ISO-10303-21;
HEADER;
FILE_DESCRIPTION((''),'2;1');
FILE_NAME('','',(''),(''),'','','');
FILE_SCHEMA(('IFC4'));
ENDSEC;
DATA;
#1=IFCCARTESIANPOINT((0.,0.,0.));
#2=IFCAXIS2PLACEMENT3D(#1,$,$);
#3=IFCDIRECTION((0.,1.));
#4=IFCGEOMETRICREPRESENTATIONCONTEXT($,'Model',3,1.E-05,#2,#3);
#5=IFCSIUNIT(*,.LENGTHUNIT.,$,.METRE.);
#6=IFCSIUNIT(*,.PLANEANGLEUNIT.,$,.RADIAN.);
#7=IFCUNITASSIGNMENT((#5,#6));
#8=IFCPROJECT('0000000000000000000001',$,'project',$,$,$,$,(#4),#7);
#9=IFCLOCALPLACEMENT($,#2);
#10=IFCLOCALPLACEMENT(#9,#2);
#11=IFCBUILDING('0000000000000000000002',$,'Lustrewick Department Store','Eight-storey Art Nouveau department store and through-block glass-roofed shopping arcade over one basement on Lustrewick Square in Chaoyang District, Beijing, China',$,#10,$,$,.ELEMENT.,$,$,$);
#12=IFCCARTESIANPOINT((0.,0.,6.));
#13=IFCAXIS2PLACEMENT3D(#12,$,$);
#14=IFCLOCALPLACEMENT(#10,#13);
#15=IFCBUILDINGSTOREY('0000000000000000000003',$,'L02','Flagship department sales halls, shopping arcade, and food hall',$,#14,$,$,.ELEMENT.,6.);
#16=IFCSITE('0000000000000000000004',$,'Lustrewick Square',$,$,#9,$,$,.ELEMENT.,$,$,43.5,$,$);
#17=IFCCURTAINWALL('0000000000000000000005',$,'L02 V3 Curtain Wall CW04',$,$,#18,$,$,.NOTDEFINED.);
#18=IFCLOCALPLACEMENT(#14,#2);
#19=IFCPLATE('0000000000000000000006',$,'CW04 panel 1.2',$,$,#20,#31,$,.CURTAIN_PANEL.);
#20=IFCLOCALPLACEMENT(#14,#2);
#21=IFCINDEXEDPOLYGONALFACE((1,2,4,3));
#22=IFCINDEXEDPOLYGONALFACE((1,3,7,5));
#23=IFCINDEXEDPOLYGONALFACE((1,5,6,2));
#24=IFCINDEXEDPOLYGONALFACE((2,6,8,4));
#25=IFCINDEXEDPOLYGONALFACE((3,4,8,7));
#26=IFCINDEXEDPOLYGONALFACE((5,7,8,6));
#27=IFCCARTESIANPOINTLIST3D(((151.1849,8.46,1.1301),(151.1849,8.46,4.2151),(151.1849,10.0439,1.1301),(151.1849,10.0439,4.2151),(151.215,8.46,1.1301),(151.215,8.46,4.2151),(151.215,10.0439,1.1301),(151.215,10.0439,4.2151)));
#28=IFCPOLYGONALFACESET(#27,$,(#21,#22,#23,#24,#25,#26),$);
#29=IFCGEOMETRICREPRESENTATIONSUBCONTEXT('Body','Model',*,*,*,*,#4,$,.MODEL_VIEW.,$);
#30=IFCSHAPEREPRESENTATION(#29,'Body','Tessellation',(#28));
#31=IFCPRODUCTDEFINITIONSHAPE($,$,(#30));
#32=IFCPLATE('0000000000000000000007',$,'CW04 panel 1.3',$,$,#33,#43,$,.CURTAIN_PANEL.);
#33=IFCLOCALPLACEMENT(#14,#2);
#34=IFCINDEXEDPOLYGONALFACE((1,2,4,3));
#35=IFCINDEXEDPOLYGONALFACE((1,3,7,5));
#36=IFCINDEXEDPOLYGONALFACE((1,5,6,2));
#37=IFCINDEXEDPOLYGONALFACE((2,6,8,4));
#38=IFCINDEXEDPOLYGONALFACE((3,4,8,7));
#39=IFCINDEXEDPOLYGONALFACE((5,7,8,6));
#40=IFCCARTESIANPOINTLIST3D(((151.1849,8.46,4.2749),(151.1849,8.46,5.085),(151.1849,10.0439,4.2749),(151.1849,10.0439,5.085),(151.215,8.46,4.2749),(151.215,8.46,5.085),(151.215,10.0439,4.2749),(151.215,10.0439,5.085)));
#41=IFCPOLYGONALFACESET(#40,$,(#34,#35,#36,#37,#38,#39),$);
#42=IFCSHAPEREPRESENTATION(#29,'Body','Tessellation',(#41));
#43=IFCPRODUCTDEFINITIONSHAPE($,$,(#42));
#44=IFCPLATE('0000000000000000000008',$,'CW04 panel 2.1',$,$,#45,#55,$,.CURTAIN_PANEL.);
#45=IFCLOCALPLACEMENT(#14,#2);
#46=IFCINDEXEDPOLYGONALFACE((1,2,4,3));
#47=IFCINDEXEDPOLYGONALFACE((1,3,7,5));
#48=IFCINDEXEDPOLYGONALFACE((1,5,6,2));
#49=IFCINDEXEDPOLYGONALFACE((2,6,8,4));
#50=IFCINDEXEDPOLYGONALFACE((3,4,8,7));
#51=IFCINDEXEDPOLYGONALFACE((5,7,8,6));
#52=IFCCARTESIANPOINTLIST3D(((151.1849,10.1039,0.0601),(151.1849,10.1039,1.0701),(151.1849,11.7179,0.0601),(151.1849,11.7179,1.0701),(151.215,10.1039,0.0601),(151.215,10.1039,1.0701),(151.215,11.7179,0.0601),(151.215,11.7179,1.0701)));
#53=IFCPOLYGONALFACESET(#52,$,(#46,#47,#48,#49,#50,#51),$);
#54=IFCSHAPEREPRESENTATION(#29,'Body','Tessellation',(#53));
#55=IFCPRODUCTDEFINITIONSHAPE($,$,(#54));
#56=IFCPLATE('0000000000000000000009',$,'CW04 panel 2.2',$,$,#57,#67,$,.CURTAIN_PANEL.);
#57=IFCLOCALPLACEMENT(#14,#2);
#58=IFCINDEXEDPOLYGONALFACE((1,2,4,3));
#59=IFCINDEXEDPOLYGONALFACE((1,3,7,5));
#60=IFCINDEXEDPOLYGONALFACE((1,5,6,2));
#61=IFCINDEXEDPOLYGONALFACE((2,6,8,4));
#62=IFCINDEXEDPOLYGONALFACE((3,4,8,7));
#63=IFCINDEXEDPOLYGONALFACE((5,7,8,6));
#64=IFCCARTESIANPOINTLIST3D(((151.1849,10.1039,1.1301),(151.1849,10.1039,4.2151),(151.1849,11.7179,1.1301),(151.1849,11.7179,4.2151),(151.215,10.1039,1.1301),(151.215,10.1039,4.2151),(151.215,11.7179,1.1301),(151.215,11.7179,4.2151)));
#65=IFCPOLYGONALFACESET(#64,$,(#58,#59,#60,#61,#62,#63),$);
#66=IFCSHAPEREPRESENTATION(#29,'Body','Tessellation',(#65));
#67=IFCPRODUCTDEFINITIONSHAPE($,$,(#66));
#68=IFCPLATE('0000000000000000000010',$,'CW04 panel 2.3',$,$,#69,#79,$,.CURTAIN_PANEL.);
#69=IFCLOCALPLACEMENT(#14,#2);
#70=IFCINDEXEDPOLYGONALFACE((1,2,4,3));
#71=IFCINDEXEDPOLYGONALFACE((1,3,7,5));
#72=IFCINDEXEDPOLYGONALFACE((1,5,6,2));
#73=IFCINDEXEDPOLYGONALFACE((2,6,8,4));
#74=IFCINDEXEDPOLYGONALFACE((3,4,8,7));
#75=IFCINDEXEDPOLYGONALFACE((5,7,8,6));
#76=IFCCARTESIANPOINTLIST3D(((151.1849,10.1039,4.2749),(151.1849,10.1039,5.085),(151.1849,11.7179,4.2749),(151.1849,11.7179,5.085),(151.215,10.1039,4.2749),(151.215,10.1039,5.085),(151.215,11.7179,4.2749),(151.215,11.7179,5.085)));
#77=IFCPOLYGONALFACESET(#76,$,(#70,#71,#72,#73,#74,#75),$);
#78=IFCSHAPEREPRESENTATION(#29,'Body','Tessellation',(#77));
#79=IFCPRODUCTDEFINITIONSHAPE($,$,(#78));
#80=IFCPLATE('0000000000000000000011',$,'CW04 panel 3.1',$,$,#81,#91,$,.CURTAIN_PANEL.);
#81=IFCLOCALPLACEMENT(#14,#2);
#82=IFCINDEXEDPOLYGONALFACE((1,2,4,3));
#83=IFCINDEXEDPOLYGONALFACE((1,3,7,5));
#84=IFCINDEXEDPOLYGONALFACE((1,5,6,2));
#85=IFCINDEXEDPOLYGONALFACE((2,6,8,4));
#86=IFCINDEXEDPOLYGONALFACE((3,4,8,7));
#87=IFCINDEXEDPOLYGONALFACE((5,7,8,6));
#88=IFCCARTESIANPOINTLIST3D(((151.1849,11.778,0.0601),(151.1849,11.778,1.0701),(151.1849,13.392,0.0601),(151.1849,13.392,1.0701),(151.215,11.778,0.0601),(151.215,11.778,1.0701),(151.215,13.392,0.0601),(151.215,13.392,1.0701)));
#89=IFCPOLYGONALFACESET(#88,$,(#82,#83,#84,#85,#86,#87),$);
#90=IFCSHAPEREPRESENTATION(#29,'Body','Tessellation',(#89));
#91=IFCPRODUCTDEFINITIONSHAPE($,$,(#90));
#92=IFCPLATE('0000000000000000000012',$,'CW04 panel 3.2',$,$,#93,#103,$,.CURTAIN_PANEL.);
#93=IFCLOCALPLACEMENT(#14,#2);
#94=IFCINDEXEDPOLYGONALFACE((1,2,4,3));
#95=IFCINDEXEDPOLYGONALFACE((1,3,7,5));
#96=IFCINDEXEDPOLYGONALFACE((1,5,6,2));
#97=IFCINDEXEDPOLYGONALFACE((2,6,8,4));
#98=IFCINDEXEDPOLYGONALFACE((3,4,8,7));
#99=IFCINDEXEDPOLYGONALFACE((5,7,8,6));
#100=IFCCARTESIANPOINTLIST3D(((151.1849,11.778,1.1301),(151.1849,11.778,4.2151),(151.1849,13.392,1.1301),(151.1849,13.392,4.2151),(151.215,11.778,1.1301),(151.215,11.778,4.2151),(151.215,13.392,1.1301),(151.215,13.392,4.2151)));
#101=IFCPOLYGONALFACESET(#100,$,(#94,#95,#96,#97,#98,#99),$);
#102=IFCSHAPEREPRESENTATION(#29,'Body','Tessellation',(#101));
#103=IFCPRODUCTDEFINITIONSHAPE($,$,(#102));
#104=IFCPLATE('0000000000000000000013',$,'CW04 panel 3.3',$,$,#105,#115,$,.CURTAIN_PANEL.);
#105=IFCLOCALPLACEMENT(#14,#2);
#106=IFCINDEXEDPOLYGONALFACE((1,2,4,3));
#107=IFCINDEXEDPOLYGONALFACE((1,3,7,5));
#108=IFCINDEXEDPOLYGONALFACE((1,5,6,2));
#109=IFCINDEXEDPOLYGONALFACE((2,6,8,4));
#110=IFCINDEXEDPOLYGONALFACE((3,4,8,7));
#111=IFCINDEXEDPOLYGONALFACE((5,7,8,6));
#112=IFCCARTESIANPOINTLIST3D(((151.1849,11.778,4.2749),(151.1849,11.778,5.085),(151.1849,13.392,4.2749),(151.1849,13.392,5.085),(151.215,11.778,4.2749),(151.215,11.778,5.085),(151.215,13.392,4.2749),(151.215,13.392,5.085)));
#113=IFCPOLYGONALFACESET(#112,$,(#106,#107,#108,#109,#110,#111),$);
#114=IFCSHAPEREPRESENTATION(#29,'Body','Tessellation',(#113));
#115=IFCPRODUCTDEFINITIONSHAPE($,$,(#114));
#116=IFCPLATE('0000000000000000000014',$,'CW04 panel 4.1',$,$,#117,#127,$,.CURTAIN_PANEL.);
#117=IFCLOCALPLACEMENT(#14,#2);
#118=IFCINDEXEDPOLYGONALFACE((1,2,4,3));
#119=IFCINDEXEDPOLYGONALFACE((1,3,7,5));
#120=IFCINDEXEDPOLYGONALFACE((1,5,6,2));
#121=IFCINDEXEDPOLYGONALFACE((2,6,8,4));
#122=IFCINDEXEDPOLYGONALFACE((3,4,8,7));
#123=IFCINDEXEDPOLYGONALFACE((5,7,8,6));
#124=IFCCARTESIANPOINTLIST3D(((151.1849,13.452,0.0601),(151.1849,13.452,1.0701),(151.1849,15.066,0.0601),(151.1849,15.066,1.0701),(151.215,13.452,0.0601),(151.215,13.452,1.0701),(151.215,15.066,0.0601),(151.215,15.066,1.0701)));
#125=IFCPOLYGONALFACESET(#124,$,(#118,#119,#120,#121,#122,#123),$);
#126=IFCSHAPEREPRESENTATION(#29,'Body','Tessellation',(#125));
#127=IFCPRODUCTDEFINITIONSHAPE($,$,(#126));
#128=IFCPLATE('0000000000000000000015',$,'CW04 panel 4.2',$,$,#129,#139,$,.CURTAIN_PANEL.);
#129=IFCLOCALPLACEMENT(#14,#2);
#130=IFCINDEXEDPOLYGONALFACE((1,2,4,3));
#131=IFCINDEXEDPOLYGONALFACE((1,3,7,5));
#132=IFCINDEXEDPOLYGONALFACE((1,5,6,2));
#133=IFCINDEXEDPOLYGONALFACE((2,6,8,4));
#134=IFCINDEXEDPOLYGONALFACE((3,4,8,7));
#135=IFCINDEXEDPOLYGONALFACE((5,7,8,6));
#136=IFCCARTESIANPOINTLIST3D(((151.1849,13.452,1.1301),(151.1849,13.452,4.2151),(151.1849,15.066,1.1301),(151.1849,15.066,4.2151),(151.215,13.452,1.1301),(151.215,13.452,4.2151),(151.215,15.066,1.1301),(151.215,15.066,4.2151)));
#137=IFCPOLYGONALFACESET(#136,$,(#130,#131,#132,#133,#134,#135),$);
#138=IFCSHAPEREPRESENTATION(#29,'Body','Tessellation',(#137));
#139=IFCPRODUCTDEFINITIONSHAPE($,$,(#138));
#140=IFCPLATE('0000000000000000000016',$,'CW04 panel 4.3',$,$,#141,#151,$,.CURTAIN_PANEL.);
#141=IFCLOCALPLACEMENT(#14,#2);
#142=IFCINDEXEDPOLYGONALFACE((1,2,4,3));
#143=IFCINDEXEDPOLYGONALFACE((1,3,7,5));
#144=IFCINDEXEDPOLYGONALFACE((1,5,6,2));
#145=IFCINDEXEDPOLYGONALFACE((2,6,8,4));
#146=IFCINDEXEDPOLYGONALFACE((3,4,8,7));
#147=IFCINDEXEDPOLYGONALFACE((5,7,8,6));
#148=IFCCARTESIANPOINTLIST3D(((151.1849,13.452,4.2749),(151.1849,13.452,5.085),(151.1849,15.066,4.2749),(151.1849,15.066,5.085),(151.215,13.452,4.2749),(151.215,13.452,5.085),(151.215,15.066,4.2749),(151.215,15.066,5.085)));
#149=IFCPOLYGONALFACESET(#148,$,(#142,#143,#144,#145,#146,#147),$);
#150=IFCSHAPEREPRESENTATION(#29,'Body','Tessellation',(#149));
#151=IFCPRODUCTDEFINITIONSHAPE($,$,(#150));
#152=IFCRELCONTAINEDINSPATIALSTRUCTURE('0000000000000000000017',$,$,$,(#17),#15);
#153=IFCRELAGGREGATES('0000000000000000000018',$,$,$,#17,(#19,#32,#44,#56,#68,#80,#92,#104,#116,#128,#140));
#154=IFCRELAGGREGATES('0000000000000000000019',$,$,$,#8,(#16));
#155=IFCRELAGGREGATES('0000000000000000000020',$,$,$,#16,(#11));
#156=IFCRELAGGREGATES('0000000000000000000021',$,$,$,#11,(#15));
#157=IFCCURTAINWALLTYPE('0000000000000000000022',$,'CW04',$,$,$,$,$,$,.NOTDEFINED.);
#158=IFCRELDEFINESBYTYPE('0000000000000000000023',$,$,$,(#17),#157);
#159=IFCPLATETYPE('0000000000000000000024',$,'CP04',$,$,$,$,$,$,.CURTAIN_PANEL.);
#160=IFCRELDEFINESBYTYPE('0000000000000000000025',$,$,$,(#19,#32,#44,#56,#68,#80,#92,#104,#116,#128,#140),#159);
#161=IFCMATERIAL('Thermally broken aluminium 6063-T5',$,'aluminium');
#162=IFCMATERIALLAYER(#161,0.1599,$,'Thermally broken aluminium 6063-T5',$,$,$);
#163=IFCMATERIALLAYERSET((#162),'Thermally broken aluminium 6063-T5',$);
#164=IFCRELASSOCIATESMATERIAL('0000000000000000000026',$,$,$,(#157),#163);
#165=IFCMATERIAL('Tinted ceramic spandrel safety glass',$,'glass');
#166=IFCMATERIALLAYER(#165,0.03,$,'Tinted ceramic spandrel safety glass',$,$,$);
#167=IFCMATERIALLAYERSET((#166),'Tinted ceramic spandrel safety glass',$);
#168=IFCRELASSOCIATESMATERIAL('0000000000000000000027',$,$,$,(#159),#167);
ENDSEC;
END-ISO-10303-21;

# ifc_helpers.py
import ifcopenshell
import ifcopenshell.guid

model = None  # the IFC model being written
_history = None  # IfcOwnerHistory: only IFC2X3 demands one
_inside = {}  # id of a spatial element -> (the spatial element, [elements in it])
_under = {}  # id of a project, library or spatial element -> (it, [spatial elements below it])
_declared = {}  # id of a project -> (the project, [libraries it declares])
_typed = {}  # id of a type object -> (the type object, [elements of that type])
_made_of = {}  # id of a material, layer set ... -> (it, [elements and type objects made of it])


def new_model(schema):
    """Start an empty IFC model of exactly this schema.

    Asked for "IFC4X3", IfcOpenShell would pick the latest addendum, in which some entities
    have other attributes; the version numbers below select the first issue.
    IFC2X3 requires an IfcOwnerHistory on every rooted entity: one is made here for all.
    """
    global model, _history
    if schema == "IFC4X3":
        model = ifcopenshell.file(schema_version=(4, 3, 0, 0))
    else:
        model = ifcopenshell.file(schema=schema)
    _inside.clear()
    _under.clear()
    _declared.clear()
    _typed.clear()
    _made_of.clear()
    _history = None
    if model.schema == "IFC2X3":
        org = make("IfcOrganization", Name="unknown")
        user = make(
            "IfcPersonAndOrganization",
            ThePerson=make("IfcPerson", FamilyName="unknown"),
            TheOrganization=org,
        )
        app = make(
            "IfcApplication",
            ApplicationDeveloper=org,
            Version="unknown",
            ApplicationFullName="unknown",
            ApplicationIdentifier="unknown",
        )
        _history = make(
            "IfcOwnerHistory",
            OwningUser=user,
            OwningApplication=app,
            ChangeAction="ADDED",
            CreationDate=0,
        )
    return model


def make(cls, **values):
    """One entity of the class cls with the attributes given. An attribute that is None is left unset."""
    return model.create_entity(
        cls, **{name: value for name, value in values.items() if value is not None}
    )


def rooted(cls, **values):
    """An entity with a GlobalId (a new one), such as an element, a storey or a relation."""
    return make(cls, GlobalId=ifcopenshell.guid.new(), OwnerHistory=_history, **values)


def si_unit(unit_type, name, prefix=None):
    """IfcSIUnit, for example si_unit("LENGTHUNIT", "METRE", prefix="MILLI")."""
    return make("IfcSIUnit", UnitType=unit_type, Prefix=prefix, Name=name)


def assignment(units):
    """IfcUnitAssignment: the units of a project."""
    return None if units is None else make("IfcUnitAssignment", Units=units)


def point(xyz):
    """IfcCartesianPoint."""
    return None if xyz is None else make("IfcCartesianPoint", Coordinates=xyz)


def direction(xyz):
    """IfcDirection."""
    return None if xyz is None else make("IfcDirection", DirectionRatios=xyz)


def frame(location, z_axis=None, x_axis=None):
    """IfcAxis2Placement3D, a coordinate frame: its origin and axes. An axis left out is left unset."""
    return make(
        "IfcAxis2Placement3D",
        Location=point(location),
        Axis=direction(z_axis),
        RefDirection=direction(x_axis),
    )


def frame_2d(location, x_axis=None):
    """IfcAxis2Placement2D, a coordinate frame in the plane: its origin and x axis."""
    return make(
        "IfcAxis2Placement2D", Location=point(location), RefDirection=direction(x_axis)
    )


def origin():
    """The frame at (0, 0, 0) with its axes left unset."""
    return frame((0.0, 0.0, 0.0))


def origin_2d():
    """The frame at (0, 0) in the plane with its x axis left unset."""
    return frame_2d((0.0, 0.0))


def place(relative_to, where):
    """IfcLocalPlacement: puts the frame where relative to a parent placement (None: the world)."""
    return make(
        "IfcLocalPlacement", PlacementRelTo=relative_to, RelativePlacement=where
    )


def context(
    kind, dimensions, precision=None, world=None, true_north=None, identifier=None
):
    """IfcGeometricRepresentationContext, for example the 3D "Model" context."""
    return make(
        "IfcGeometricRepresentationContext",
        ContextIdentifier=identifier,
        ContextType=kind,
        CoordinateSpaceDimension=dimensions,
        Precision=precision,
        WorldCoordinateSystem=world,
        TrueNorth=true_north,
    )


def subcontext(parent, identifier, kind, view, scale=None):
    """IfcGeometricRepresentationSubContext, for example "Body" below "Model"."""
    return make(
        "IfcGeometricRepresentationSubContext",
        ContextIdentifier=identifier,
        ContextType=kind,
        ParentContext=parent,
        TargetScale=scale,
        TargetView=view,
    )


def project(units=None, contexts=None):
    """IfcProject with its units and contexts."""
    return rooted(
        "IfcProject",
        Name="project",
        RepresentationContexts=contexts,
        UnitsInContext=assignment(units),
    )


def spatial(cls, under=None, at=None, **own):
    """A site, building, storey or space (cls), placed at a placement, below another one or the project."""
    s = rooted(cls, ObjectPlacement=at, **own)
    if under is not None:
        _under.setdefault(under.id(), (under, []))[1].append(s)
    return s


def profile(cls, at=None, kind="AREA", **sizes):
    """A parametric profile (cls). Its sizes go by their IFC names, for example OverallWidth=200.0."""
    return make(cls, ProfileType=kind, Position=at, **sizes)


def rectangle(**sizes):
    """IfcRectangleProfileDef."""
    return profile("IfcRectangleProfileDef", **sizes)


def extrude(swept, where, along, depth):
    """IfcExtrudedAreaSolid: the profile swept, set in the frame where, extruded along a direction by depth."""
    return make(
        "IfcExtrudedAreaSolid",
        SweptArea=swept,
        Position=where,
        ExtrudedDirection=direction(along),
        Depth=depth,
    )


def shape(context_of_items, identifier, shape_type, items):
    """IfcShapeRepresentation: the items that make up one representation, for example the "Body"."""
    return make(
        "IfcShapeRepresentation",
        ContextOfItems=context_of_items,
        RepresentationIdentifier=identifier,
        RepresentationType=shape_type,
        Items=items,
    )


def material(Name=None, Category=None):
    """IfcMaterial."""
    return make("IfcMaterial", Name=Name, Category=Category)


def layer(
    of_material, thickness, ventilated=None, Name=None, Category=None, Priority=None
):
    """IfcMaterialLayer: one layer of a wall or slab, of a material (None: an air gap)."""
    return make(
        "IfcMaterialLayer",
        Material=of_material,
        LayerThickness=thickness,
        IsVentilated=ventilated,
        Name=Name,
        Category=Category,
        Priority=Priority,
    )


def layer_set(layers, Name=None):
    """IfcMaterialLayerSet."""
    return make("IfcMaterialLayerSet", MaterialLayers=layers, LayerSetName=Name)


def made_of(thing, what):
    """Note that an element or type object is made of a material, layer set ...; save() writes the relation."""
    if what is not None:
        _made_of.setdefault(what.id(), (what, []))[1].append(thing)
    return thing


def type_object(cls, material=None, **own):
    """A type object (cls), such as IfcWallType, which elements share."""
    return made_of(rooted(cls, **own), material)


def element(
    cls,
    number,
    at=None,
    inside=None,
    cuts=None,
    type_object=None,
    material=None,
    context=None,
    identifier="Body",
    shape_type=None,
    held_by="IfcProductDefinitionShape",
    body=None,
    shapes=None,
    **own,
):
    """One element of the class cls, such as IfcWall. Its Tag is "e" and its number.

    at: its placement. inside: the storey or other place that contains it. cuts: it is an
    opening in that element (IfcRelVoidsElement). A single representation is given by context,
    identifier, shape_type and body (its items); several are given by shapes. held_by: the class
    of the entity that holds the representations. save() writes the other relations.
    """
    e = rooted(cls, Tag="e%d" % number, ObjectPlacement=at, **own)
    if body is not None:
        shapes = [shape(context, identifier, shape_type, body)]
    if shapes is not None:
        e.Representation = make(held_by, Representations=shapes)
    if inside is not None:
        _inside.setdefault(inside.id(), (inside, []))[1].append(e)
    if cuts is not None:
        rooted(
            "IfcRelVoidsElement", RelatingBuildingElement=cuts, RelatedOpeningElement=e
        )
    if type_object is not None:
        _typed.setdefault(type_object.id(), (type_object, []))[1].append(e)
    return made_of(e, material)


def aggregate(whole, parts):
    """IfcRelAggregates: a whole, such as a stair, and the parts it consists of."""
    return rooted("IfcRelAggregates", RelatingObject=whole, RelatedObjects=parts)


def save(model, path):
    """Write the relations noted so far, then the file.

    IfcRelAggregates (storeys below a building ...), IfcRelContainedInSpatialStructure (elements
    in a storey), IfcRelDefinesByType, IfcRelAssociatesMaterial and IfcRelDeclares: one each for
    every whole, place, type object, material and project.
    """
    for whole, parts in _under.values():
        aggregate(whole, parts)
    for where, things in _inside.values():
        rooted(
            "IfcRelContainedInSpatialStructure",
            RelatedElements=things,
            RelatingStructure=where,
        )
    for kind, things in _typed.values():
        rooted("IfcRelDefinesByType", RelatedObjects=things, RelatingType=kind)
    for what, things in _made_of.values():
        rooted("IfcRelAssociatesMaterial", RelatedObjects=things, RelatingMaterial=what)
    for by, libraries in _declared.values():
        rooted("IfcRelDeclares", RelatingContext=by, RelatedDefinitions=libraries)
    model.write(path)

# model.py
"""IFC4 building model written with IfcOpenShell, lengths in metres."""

from ifc_helpers import new_model, si_unit, direction, frame, origin, origin_2d, place, context, subcontext, project, spatial, rectangle, extrude, material, layer, layer_set, type_object, element, aggregate, save


model = new_model("IFC4")

# Units and contexts
model_context = context("Model", 3, precision=1e-05, world=origin(), true_north=direction((0.0, 1.0)))
body_context = subcontext(model_context, "Body", "Model", "MODEL_VIEW")
ifc_project = project(units=[si_unit("LENGTHUNIT", "METRE"), si_unit("PLANEANGLEUNIT", "RADIAN")], contexts=[model_context])

# Site, building, storey
site_placement = place(None, origin())
site = spatial("IfcSite", under=ifc_project, at=site_placement, Name="Lustrewick Square", CompositionType="ELEMENT", RefElevation=43.5)
building_placement = place(site_placement, origin())
building = spatial("IfcBuilding", under=site, at=building_placement, Name="Lustrewick Department Store", Description="Eight-storey Art Nouveau department store and through-block glass-roofed shopping arcade over one basement on Lustrewick Square in Chaoyang District, Beijing, China", CompositionType="ELEMENT")
storey_placement = place(building_placement, frame((0.0, 0.0, 6.0)))
storey = spatial("IfcBuildingStorey", under=building, at=storey_placement, Name="L02", Description="Flagship department sales halls, shopping arcade, and food hall", CompositionType="ELEMENT", Elevation=6.0)

# Curtain wall, plates
ifc_material_1 = material(Name="Thermally broken aluminium 6063-T5", Category="aluminium")
ifc_layer_1 = layer(ifc_material_1, 0.1599, Name="Thermally broken aluminium 6063-T5")
ifc_layer_set_1 = layer_set([ifc_layer_1], Name="Thermally broken aluminium 6063-T5")
curtain_wall_type = type_object("IfcCurtainWallType", Name="CW04", PredefinedType="NOTDEFINED", material=ifc_layer_set_1)
curtain_wall_placement = place(storey_placement, origin())
curtain_wall = element("IfcCurtainWall", 1, at=curtain_wall_placement, inside=storey, type_object=curtain_wall_type, Name="L02 V3 Curtain Wall CW04", PredefinedType="NOTDEFINED")
ifc_material_2 = material(Name="Tinted ceramic spandrel safety glass", Category="glass")
ifc_layer_2 = layer(ifc_material_2, 0.03, Name="Tinted ceramic spandrel safety glass")
ifc_layer_set_2 = layer_set([ifc_layer_2], Name="Tinted ceramic spandrel safety glass")
plate_type = type_object("IfcPlateType", Name="CP04", PredefinedType="CURTAIN_PANEL", material=ifc_layer_set_2)
plate_1_placement = place(storey_placement, frame((151.2, 9.252, 1.1301), z_axis=(0.0, 0.0, 1.0), x_axis=(0.0, 1.0, 0.0)))
plate_1 = element("IfcPlate", 2, at=plate_1_placement, type_object=plate_type, Name="CW04 panel 1.2", PredefinedType="CURTAIN_PANEL", context=body_context, shape_type="SweptSolid", body=[
    extrude(rectangle(XDim=1.584, YDim=0.03, at=origin_2d()), origin(), (0.0, 0.0, 1.0), 3.085),
])
plate_2_placement = place(storey_placement, frame((151.2, 9.252, 4.2749), z_axis=(0.0, 0.0, 1.0), x_axis=(0.0, 1.0, 0.0)))
plate_2 = element("IfcPlate", 3, at=plate_2_placement, type_object=plate_type, Name="CW04 panel 1.3", PredefinedType="CURTAIN_PANEL", context=body_context, shape_type="SweptSolid", body=[
    extrude(rectangle(XDim=1.584, YDim=0.03, at=origin_2d()), origin(), (0.0, 0.0, 1.0), 0.8101),
])
plate_3_placement = place(storey_placement, frame((151.2, 10.9109, 0.0601), z_axis=(0.0, 0.0, 1.0), x_axis=(0.0, 1.0, 0.0)))
plate_3 = element("IfcPlate", 4, at=plate_3_placement, type_object=plate_type, Name="CW04 panel 2.1", PredefinedType="CURTAIN_PANEL", context=body_context, shape_type="SweptSolid", body=[
    extrude(rectangle(XDim=1.614, YDim=0.03, at=origin_2d()), origin(), (0.0, 0.0, 1.0), 1.01),
])
plate_4_placement = place(storey_placement, frame((151.2, 10.9109, 1.1301), z_axis=(0.0, 0.0, 1.0), x_axis=(0.0, 1.0, 0.0)))
plate_4 = element("IfcPlate", 5, at=plate_4_placement, type_object=plate_type, Name="CW04 panel 2.2", PredefinedType="CURTAIN_PANEL", context=body_context, shape_type="SweptSolid", body=[
    extrude(rectangle(XDim=1.614, YDim=0.03, at=origin_2d()), origin(), (0.0, 0.0, 1.0), 3.085),
])
plate_5_placement = place(storey_placement, frame((151.2, 10.9109, 4.2749), z_axis=(0.0, 0.0, 1.0), x_axis=(0.0, 1.0, 0.0)))
plate_5 = element("IfcPlate", 6, at=plate_5_placement, type_object=plate_type, Name="CW04 panel 2.3", PredefinedType="CURTAIN_PANEL", context=body_context, shape_type="SweptSolid", body=[
    extrude(rectangle(XDim=1.614, YDim=0.03, at=origin_2d()), origin(), (0.0, 0.0, 1.0), 0.8101),
])
plate_6_placement = place(storey_placement, frame((151.2, 12.585, 0.0601), z_axis=(0.0, 0.0, 1.0), x_axis=(0.0, 1.0, 0.0)))
plate_6 = element("IfcPlate", 7, at=plate_6_placement, type_object=plate_type, Name="CW04 panel 3.1", PredefinedType="CURTAIN_PANEL", context=body_context, shape_type="SweptSolid", body=[
    extrude(rectangle(XDim=1.614, YDim=0.03, at=origin_2d()), origin(), (0.0, 0.0, 1.0), 1.01),
])
plate_7_placement = place(storey_placement, frame((151.2, 12.585, 1.1301), z_axis=(0.0, 0.0, 1.0), x_axis=(0.0, 1.0, 0.0)))
plate_7 = element("IfcPlate", 8, at=plate_7_placement, type_object=plate_type, Name="CW04 panel 3.2", PredefinedType="CURTAIN_PANEL", context=body_context, shape_type="SweptSolid", body=[
    extrude(rectangle(XDim=1.614, YDim=0.03, at=origin_2d()), origin(), (0.0, 0.0, 1.0), 3.085),
])
plate_8_placement = place(storey_placement, frame((151.2, 12.585, 4.2749), z_axis=(0.0, 0.0, 1.0), x_axis=(0.0, 1.0, 0.0)))
plate_8 = element("IfcPlate", 9, at=plate_8_placement, type_object=plate_type, Name="CW04 panel 3.3", PredefinedType="CURTAIN_PANEL", context=body_context, shape_type="SweptSolid", body=[
    extrude(rectangle(XDim=1.614, YDim=0.03, at=origin_2d()), origin(), (0.0, 0.0, 1.0), 0.8101),
])
plate_9_placement = place(storey_placement, frame((151.2, 14.259, 0.0601), z_axis=(0.0, 0.0, 1.0), x_axis=(0.0, 1.0, 0.0)))
plate_9 = element("IfcPlate", 10, at=plate_9_placement, type_object=plate_type, Name="CW04 panel 4.1", PredefinedType="CURTAIN_PANEL", context=body_context, shape_type="SweptSolid", body=[
    extrude(rectangle(XDim=1.614, YDim=0.03, at=origin_2d()), origin(), (0.0, 0.0, 1.0), 1.01),
])
plate_10_placement = place(storey_placement, frame((151.2, 14.259, 1.1301), z_axis=(0.0, 0.0, 1.0), x_axis=(0.0, 1.0, 0.0)))
plate_10 = element("IfcPlate", 11, at=plate_10_placement, type_object=plate_type, Name="CW04 panel 4.2", PredefinedType="CURTAIN_PANEL", context=body_context, shape_type="SweptSolid", body=[
    extrude(rectangle(XDim=1.614, YDim=0.03, at=origin_2d()), origin(), (0.0, 0.0, 1.0), 3.085),
])
plate_11_placement = place(storey_placement, frame((151.2, 14.259, 4.2749), z_axis=(0.0, 0.0, 1.0), x_axis=(0.0, 1.0, 0.0)))
plate_11 = element("IfcPlate", 12, at=plate_11_placement, type_object=plate_type, Name="CW04 panel 4.3", PredefinedType="CURTAIN_PANEL", context=body_context, shape_type="SweptSolid", body=[
    extrude(rectangle(XDim=1.614, YDim=0.03, at=origin_2d()), origin(), (0.0, 0.0, 1.0), 0.8101),
])
aggregate(curtain_wall, [plate_1, plate_2, plate_3, plate_4, plate_5, plate_6, plate_7, plate_8, plate_9, plate_10, plate_11])

save(model, "model.ifc")
